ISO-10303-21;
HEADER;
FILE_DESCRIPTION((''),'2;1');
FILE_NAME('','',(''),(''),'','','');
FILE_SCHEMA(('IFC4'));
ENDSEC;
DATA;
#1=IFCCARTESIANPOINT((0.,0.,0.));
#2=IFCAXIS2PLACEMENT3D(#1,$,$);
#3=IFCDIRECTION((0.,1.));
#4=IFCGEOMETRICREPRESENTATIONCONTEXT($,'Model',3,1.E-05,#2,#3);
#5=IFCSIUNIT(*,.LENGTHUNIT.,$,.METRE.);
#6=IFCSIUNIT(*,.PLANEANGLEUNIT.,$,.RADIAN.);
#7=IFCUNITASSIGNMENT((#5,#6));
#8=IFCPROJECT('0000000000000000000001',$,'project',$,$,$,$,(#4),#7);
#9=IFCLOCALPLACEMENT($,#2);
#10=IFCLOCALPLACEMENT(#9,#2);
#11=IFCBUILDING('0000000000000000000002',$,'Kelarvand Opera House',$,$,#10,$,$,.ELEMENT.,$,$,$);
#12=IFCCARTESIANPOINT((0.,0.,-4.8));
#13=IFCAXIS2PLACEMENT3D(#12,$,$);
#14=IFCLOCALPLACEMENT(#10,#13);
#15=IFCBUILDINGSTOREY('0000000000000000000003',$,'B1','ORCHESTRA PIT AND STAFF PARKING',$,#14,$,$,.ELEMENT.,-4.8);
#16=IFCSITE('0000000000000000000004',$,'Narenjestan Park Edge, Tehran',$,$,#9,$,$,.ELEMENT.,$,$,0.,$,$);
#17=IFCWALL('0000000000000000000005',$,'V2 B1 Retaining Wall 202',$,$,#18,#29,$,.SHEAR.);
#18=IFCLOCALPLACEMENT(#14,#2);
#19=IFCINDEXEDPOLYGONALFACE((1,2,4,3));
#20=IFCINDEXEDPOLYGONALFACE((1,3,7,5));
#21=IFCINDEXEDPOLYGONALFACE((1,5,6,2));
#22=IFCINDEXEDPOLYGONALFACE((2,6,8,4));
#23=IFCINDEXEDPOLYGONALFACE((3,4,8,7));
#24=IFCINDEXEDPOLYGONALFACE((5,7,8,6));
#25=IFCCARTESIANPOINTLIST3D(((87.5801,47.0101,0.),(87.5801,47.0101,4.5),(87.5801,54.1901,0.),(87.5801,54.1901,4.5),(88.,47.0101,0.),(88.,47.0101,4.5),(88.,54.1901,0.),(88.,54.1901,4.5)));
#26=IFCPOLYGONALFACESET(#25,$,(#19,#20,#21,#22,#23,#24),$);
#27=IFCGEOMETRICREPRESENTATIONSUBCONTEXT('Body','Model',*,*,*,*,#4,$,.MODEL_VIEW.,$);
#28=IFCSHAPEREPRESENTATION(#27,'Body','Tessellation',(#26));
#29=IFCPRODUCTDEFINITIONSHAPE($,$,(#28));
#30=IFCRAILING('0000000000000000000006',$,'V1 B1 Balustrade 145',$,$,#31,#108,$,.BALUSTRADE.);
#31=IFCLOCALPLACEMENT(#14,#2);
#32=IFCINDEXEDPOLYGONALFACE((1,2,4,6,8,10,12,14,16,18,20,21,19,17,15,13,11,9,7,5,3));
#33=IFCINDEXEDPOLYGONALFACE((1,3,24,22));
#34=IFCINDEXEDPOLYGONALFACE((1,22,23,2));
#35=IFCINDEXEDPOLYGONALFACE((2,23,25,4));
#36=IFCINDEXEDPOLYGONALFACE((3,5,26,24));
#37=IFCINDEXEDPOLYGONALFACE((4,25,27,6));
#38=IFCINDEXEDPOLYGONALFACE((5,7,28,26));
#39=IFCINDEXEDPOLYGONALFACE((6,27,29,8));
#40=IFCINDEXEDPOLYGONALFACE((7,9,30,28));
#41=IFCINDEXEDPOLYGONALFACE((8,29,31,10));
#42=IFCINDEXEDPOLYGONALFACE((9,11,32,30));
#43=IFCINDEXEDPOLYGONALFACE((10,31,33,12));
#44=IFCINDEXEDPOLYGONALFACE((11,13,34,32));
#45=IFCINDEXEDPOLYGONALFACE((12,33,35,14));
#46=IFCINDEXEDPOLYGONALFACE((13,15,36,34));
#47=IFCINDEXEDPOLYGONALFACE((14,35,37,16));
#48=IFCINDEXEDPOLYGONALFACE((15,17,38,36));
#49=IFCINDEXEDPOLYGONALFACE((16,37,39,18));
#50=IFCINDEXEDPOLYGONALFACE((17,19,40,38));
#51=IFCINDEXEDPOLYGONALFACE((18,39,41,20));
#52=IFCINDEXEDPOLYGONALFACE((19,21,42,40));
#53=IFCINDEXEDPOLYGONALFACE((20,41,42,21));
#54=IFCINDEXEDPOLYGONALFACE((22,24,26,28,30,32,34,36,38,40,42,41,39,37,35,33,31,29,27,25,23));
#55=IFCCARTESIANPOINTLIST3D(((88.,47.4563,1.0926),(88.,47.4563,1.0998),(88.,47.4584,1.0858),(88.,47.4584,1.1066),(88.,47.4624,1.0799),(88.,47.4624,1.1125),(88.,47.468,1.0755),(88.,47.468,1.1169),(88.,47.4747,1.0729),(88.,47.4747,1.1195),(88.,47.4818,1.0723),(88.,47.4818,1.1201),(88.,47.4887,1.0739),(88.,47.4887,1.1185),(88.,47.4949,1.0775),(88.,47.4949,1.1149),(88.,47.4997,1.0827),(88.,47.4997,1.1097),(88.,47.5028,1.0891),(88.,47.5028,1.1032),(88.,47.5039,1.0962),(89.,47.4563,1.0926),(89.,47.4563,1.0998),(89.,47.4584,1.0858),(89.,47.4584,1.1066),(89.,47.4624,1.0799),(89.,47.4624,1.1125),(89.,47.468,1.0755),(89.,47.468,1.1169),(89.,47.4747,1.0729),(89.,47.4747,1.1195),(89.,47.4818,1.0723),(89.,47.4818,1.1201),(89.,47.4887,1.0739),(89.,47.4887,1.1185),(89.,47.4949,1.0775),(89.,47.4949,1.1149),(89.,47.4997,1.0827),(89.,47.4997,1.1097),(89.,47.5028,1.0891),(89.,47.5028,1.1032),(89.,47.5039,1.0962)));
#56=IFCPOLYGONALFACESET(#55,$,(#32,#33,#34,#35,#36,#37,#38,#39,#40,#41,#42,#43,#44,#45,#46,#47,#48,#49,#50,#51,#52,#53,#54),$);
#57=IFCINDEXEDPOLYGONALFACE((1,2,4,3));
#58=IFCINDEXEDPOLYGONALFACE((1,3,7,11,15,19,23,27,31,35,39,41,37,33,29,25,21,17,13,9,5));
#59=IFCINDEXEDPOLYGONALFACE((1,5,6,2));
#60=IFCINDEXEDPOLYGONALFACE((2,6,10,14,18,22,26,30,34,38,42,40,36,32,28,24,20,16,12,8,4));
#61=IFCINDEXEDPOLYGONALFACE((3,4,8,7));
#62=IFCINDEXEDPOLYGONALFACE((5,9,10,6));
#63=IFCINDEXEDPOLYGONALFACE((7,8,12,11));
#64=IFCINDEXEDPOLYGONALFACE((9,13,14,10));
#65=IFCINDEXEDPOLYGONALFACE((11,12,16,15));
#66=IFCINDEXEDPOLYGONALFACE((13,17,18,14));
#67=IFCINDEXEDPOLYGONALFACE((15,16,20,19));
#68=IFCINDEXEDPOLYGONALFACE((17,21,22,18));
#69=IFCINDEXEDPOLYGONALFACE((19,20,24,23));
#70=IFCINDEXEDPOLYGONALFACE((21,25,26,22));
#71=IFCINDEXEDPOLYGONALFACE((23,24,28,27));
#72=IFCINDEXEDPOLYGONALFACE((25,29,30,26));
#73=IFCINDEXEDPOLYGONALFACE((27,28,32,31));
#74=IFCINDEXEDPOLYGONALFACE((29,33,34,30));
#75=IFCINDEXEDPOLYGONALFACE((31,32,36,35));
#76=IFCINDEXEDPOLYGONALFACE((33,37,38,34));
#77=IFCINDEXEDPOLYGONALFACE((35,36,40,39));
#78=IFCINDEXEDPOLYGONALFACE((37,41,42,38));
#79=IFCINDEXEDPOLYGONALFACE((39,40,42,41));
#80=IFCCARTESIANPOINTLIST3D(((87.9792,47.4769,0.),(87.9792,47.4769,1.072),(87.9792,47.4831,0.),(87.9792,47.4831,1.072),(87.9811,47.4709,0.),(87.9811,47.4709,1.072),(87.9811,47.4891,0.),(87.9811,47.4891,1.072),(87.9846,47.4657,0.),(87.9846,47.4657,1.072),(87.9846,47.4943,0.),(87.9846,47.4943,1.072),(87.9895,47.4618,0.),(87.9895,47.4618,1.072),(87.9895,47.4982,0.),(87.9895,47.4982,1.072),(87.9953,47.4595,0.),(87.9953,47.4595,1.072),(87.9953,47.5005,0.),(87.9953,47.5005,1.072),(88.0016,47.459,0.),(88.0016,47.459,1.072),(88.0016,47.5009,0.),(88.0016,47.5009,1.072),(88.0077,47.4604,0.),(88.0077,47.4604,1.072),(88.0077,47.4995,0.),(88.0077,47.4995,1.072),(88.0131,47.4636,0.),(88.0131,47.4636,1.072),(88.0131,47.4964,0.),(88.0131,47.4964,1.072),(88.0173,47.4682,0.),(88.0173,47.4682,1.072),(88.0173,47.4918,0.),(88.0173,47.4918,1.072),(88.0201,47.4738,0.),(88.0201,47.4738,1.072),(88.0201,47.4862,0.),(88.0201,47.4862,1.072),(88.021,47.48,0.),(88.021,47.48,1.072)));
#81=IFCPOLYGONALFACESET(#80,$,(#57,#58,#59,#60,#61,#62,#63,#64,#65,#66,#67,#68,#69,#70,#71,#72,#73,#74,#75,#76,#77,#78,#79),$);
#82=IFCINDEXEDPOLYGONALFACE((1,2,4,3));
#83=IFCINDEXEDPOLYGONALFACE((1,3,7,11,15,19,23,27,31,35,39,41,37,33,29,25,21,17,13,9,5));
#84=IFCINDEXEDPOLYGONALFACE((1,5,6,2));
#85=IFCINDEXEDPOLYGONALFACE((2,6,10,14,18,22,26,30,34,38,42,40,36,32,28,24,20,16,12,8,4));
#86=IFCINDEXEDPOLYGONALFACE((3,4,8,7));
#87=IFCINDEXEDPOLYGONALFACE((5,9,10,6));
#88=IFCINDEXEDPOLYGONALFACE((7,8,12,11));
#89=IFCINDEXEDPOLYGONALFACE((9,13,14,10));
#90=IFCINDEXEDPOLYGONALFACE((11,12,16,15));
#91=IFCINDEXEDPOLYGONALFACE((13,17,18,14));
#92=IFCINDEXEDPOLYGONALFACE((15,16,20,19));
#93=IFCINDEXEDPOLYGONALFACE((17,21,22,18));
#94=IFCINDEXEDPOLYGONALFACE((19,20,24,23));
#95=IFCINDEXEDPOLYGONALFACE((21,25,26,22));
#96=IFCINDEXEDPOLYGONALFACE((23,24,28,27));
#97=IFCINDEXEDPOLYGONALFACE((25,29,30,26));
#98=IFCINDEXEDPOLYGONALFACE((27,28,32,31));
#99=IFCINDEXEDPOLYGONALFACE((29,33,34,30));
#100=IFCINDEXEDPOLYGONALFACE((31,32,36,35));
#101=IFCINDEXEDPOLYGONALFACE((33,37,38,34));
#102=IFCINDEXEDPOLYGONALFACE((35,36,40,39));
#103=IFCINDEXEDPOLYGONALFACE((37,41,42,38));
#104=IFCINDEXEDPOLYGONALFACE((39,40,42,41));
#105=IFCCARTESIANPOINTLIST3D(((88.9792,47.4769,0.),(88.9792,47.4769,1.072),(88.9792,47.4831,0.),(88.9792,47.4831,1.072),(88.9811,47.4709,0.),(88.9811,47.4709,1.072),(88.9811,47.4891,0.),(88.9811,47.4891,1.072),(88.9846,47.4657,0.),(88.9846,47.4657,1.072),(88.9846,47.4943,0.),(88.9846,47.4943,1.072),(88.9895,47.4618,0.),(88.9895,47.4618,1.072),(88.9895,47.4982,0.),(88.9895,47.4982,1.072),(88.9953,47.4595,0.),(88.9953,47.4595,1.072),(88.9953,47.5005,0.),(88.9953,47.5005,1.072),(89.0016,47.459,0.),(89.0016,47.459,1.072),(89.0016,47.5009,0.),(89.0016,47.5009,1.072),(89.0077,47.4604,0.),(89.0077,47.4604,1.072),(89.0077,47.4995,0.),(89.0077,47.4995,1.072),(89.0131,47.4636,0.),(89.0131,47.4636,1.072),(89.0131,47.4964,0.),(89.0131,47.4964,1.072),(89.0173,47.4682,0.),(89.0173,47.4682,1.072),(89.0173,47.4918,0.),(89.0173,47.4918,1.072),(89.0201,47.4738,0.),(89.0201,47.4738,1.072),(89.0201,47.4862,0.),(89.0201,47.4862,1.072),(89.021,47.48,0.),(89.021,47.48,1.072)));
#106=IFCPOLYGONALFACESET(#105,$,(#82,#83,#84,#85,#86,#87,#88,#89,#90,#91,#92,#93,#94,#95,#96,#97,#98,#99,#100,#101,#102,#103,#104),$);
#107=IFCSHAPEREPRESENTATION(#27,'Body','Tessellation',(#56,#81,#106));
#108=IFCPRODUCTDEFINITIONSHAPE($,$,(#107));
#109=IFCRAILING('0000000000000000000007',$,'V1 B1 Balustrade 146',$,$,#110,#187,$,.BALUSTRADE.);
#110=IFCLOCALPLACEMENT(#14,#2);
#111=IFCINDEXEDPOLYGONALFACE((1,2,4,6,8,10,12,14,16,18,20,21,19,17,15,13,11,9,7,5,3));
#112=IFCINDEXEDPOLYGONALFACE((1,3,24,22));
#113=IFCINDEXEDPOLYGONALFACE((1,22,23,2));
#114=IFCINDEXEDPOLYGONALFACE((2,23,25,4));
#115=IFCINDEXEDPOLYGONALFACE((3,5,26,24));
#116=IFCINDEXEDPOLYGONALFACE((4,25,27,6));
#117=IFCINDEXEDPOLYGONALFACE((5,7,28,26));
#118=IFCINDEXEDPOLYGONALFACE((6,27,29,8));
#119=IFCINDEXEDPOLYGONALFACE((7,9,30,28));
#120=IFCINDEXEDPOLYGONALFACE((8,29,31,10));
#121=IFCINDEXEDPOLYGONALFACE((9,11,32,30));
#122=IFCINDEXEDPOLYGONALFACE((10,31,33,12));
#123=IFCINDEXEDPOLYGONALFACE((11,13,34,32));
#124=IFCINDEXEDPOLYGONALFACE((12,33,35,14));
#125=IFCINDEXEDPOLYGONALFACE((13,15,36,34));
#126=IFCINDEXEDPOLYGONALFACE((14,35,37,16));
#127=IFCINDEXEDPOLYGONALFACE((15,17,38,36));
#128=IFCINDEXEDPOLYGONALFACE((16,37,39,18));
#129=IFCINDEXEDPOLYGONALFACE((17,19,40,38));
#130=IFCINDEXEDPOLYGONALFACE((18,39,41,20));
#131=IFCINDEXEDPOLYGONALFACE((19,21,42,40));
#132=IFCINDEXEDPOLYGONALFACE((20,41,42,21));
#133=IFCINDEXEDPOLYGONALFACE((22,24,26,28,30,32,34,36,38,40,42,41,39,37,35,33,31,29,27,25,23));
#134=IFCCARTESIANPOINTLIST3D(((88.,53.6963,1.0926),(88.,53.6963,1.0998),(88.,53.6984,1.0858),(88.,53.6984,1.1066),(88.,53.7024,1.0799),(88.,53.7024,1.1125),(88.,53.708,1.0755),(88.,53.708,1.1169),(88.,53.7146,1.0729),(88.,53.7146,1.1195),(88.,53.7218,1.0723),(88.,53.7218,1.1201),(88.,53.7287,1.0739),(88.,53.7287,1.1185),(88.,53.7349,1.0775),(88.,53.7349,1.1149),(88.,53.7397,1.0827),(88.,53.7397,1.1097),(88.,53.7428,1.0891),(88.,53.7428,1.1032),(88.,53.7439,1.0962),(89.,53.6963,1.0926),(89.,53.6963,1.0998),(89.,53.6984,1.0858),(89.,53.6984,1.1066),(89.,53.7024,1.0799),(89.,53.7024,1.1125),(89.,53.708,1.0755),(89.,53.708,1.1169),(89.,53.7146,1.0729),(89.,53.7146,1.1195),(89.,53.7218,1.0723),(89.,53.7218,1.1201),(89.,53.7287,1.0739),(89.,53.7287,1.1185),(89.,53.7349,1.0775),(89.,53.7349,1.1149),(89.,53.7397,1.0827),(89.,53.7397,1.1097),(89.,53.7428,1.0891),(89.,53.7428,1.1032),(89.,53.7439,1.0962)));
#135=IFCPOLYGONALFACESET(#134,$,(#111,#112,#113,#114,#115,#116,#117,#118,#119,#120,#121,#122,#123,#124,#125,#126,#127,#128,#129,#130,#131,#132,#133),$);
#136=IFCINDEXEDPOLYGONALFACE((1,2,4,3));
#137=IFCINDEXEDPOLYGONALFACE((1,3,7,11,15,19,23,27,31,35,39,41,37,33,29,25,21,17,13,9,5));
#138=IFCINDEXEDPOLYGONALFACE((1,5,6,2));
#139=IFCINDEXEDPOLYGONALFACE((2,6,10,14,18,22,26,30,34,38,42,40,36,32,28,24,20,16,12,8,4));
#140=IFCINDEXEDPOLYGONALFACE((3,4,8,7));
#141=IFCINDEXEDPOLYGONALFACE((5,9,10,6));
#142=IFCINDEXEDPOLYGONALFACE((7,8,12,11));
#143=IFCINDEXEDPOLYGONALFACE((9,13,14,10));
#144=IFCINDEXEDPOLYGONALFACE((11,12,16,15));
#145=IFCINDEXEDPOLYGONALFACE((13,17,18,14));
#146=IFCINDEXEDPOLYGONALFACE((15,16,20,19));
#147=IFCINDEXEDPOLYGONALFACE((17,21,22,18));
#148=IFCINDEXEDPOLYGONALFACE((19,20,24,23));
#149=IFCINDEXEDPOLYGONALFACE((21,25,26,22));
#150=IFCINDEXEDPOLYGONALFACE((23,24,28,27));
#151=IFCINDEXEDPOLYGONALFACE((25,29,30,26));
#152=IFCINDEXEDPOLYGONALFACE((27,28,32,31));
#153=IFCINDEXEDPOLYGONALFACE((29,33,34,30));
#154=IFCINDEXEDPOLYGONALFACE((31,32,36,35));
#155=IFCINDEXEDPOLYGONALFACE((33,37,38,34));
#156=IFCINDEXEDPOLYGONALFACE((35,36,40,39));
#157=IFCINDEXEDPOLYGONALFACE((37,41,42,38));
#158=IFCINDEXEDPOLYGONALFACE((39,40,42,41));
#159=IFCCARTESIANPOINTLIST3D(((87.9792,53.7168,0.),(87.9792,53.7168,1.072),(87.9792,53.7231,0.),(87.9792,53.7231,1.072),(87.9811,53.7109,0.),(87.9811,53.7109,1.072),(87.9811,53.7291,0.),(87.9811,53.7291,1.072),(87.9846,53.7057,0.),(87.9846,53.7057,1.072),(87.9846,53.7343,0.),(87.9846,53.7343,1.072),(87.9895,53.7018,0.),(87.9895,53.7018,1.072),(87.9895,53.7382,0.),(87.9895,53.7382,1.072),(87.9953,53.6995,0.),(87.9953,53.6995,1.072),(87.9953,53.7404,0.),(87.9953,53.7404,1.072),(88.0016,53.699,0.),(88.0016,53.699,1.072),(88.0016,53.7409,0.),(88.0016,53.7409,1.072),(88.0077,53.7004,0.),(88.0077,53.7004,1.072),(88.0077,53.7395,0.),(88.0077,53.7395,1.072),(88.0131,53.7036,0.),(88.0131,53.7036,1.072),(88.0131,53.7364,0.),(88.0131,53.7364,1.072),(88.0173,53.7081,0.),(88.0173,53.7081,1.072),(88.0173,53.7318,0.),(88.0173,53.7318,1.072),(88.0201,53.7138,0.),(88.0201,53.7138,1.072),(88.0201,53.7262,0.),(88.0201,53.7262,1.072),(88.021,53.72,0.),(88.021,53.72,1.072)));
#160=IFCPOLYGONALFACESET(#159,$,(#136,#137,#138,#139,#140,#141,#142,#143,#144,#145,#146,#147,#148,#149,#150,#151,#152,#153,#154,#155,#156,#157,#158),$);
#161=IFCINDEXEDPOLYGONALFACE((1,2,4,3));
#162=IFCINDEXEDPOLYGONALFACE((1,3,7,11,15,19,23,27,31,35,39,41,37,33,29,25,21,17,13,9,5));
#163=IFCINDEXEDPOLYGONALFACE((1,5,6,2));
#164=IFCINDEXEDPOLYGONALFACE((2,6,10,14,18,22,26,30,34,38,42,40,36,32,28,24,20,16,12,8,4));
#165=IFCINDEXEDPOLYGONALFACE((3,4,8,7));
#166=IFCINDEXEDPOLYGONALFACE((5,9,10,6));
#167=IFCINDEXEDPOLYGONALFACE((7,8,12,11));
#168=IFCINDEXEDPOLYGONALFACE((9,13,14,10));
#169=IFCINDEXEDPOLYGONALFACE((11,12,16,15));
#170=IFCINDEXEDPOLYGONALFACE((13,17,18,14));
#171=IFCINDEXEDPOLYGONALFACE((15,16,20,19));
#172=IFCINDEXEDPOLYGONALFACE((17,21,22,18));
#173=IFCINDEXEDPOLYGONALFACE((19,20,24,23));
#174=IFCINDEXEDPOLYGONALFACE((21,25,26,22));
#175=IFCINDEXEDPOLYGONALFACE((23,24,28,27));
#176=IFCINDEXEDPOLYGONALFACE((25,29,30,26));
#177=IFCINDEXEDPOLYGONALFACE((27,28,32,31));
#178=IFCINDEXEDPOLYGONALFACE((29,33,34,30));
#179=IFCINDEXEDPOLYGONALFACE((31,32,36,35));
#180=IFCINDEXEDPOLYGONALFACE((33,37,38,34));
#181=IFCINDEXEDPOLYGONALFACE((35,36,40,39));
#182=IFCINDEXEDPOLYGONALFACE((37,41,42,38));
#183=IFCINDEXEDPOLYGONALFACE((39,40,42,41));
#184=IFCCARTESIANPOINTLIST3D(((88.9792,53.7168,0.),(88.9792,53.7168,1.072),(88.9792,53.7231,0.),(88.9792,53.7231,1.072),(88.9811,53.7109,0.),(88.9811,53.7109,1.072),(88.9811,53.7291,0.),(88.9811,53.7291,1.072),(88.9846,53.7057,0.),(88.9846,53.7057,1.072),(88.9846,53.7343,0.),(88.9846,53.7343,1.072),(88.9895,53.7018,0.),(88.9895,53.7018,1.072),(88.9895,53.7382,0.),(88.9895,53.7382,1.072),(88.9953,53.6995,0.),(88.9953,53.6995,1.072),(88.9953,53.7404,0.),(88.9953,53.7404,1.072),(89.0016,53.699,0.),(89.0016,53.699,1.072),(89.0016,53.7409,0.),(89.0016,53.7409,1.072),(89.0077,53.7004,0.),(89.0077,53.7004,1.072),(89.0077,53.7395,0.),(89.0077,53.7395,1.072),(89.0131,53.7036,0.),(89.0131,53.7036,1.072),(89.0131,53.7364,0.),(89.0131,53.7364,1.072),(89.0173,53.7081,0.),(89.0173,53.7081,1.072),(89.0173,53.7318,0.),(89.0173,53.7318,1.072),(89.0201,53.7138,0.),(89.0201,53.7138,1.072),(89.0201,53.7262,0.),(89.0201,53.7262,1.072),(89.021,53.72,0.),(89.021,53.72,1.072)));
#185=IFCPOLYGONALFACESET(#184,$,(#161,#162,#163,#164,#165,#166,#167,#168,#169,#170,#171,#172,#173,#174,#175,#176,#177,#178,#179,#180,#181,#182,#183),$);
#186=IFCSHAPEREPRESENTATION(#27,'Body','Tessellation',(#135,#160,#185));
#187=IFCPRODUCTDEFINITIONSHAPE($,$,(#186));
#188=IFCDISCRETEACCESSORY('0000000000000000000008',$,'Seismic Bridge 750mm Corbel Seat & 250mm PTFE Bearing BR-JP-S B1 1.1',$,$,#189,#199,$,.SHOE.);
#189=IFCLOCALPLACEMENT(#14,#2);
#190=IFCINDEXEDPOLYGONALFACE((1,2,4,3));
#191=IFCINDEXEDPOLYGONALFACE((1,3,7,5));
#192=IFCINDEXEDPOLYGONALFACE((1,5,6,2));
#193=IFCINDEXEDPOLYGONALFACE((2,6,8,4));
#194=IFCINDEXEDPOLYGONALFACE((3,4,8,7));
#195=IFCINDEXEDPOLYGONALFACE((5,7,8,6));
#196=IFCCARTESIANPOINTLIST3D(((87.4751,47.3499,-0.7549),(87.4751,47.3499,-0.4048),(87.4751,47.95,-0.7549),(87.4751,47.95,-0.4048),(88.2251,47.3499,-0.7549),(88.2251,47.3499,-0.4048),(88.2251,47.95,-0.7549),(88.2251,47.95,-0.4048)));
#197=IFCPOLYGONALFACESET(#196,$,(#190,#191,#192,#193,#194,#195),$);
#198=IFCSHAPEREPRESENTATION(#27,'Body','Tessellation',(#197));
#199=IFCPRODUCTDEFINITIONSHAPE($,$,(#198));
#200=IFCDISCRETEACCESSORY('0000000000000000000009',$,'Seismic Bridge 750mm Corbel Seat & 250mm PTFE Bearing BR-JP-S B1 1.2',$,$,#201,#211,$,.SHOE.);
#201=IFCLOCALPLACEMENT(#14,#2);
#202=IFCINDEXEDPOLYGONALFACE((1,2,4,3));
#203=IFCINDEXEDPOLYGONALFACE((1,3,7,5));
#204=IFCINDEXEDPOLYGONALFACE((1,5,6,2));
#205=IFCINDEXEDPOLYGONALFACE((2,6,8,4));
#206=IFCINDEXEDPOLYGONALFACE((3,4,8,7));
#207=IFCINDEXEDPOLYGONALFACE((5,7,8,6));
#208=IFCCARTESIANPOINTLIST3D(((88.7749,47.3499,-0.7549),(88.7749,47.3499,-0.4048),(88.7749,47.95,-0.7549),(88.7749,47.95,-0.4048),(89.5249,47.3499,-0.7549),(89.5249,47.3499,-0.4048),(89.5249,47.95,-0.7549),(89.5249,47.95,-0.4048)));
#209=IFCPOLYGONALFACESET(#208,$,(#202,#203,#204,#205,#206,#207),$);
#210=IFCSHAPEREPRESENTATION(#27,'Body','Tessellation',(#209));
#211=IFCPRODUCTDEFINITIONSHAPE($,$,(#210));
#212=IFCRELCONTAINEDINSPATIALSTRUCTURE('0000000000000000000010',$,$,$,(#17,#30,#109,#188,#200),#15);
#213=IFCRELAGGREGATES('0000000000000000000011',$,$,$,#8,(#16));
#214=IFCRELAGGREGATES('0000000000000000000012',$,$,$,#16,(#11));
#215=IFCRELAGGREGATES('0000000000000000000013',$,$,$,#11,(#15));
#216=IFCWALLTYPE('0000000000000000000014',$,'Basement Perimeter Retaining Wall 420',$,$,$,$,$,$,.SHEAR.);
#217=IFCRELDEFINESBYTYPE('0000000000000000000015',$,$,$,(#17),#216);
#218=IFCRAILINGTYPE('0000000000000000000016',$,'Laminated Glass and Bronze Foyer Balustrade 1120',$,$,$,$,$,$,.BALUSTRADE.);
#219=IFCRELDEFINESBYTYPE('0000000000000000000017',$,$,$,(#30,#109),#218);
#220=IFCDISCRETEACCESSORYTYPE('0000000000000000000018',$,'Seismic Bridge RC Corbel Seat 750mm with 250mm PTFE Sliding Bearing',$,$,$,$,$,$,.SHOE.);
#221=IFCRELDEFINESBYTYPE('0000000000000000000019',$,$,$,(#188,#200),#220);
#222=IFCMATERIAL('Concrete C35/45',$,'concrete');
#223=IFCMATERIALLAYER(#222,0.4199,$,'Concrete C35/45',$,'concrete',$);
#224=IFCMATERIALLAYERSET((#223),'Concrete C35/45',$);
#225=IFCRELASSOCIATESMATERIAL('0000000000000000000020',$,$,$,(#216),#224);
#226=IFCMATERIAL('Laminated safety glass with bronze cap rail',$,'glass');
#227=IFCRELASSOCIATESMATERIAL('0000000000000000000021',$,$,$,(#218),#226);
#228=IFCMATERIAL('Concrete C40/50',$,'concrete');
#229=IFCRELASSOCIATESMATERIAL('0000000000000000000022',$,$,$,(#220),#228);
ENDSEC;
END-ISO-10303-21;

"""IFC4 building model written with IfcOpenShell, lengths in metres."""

from ifc_helpers import new_model, si_unit, direction, frame, frame_2d, origin, origin_2d, place, context, subcontext, project, spatial, rectangle, circle, extrude, material, layer, layer_set, type_object, element, save


model = new_model("IFC4")

# Units and contexts
model_context = context("Model", 3, precision=1e-05, world=origin(), true_north=direction((0.0, 1.0)))
body_context = subcontext(model_context, "Body", "Model", "MODEL_VIEW")
ifc_project = project(units=[si_unit("LENGTHUNIT", "METRE"), si_unit("PLANEANGLEUNIT", "RADIAN")], contexts=[model_context])

# Site, building, storey
site_placement = place(None, origin())
site = spatial("IfcSite", under=ifc_project, at=site_placement, Name="Narenjestan Park Edge, Tehran", CompositionType="ELEMENT", RefElevation=0.0)
building_placement = place(site_placement, origin())
building = spatial("IfcBuilding", under=site, at=building_placement, Name="Kelarvand Opera House", CompositionType="ELEMENT")
storey_placement = place(building_placement, frame((0.0, 0.0, -4.8)))
storey = spatial("IfcBuildingStorey", under=building, at=storey_placement, Name="B1", Description="ORCHESTRA PIT AND STAFF PARKING", CompositionType="ELEMENT", Elevation=-4.8)

# Shared definitions
ifc_material_1 = material(Name="Concrete C40/50", Category="concrete")

# Wall
ifc_material_2 = material(Name="Concrete C35/45", Category="concrete")
ifc_layer = layer(ifc_material_2, 0.4199, Name="Concrete C35/45", Category="concrete")
ifc_layer_set = layer_set([ifc_layer], Name="Concrete C35/45")
wall_type = type_object("IfcWallType", Name="Basement Perimeter Retaining Wall 420", PredefinedType="SHEAR", material=ifc_layer_set)
for number, where, z_axis, x_axis, name in (
    (1, (87.79, 54.1899, 0.0), (0.0, 0.0, 1.0), (0.0, -1.0, 0.0), "V2 B1 Retaining Wall 202"),
):
    element("IfcWall", number, at=place(storey_placement, frame(where, z_axis=z_axis, x_axis=x_axis)), inside=storey, type_object=wall_type, Name=name, PredefinedType="SHEAR", context=body_context, shape_type="SweptSolid", body=[
        extrude(rectangle(XDim=7.1799, YDim=0.4199, at=frame_2d((3.5898, 0.0))), origin(), (0.0, 0.0, 1.0), 4.5),
    ])

# Railings
ifc_material_3 = material(Name="Laminated safety glass with bronze cap rail", Category="glass")
railing_type = type_object("IfcRailingType", Name="Laminated Glass and Bronze Foyer Balustrade 1120", PredefinedType="BALUSTRADE", material=ifc_material_3)
for number, where, name in (
    (2, (88.0, 47.48, 0.0), "V1 B1 Balustrade 145"),
    (3, (88.0, 53.72, 0.0), "V1 B1 Balustrade 146"),
):
    element("IfcRailing", number, at=place(storey_placement, frame(where)), inside=storey, type_object=railing_type, Name=name, PredefinedType="BALUSTRADE", context=body_context, shape_type="SweptSolid", body=[
        extrude(circle(Radius=0.0239, at=origin_2d()), frame((0.0, 0.0, 1.0962), z_axis=(1.0, 0.0, 0.0), x_axis=(0.0, 1.0, 0.0)), (0.0, 0.0, 1.0), 1.0),
        extrude(circle(Radius=0.021, at=origin_2d()), origin(), (0.0, 0.0, 1.0), 1.072),
        extrude(circle(Radius=0.021, at=origin_2d()), frame((1.0, 0.0, 0.0)), (0.0, 0.0, 1.0), 1.072),
    ])

# Discrete accessories
discrete_accessory_type_1 = type_object("IfcDiscreteAccessoryType", Name="Seismic Bridge RC Corbel Seat 750mm with 250mm PTFE Sliding Bearing", PredefinedType="SHOE", material=ifc_material_1)
for number, where, z_axis, x_axis, name in (
    (4, (87.8501, 47.6499, -0.7549), (0.0, 0.0, 1.0), (1.0, 0.0, 0.0), "Seismic Bridge 750mm Corbel Seat & 250mm PTFE Bearing BR-JP-S B1 1.1"),
    (5, (89.1499, 47.6499, -0.7549), (0.0, 0.0, 1.0), (1.0, 0.0, 0.0), "Seismic Bridge 750mm Corbel Seat & 250mm PTFE Bearing BR-JP-S B1 1.2"),
):
    element("IfcDiscreteAccessory", number, at=place(storey_placement, frame(where, z_axis=z_axis, x_axis=x_axis)), inside=storey, type_object=discrete_accessory_type_1, Name=name, PredefinedType="SHOE", context=body_context, shape_type="SweptSolid", body=[
        extrude(rectangle(XDim=0.75, YDim=0.6001, at=origin_2d()), origin(), (0.0, 0.0, 1.0), 0.3501),
    ])

save(model, "model.ifc")
